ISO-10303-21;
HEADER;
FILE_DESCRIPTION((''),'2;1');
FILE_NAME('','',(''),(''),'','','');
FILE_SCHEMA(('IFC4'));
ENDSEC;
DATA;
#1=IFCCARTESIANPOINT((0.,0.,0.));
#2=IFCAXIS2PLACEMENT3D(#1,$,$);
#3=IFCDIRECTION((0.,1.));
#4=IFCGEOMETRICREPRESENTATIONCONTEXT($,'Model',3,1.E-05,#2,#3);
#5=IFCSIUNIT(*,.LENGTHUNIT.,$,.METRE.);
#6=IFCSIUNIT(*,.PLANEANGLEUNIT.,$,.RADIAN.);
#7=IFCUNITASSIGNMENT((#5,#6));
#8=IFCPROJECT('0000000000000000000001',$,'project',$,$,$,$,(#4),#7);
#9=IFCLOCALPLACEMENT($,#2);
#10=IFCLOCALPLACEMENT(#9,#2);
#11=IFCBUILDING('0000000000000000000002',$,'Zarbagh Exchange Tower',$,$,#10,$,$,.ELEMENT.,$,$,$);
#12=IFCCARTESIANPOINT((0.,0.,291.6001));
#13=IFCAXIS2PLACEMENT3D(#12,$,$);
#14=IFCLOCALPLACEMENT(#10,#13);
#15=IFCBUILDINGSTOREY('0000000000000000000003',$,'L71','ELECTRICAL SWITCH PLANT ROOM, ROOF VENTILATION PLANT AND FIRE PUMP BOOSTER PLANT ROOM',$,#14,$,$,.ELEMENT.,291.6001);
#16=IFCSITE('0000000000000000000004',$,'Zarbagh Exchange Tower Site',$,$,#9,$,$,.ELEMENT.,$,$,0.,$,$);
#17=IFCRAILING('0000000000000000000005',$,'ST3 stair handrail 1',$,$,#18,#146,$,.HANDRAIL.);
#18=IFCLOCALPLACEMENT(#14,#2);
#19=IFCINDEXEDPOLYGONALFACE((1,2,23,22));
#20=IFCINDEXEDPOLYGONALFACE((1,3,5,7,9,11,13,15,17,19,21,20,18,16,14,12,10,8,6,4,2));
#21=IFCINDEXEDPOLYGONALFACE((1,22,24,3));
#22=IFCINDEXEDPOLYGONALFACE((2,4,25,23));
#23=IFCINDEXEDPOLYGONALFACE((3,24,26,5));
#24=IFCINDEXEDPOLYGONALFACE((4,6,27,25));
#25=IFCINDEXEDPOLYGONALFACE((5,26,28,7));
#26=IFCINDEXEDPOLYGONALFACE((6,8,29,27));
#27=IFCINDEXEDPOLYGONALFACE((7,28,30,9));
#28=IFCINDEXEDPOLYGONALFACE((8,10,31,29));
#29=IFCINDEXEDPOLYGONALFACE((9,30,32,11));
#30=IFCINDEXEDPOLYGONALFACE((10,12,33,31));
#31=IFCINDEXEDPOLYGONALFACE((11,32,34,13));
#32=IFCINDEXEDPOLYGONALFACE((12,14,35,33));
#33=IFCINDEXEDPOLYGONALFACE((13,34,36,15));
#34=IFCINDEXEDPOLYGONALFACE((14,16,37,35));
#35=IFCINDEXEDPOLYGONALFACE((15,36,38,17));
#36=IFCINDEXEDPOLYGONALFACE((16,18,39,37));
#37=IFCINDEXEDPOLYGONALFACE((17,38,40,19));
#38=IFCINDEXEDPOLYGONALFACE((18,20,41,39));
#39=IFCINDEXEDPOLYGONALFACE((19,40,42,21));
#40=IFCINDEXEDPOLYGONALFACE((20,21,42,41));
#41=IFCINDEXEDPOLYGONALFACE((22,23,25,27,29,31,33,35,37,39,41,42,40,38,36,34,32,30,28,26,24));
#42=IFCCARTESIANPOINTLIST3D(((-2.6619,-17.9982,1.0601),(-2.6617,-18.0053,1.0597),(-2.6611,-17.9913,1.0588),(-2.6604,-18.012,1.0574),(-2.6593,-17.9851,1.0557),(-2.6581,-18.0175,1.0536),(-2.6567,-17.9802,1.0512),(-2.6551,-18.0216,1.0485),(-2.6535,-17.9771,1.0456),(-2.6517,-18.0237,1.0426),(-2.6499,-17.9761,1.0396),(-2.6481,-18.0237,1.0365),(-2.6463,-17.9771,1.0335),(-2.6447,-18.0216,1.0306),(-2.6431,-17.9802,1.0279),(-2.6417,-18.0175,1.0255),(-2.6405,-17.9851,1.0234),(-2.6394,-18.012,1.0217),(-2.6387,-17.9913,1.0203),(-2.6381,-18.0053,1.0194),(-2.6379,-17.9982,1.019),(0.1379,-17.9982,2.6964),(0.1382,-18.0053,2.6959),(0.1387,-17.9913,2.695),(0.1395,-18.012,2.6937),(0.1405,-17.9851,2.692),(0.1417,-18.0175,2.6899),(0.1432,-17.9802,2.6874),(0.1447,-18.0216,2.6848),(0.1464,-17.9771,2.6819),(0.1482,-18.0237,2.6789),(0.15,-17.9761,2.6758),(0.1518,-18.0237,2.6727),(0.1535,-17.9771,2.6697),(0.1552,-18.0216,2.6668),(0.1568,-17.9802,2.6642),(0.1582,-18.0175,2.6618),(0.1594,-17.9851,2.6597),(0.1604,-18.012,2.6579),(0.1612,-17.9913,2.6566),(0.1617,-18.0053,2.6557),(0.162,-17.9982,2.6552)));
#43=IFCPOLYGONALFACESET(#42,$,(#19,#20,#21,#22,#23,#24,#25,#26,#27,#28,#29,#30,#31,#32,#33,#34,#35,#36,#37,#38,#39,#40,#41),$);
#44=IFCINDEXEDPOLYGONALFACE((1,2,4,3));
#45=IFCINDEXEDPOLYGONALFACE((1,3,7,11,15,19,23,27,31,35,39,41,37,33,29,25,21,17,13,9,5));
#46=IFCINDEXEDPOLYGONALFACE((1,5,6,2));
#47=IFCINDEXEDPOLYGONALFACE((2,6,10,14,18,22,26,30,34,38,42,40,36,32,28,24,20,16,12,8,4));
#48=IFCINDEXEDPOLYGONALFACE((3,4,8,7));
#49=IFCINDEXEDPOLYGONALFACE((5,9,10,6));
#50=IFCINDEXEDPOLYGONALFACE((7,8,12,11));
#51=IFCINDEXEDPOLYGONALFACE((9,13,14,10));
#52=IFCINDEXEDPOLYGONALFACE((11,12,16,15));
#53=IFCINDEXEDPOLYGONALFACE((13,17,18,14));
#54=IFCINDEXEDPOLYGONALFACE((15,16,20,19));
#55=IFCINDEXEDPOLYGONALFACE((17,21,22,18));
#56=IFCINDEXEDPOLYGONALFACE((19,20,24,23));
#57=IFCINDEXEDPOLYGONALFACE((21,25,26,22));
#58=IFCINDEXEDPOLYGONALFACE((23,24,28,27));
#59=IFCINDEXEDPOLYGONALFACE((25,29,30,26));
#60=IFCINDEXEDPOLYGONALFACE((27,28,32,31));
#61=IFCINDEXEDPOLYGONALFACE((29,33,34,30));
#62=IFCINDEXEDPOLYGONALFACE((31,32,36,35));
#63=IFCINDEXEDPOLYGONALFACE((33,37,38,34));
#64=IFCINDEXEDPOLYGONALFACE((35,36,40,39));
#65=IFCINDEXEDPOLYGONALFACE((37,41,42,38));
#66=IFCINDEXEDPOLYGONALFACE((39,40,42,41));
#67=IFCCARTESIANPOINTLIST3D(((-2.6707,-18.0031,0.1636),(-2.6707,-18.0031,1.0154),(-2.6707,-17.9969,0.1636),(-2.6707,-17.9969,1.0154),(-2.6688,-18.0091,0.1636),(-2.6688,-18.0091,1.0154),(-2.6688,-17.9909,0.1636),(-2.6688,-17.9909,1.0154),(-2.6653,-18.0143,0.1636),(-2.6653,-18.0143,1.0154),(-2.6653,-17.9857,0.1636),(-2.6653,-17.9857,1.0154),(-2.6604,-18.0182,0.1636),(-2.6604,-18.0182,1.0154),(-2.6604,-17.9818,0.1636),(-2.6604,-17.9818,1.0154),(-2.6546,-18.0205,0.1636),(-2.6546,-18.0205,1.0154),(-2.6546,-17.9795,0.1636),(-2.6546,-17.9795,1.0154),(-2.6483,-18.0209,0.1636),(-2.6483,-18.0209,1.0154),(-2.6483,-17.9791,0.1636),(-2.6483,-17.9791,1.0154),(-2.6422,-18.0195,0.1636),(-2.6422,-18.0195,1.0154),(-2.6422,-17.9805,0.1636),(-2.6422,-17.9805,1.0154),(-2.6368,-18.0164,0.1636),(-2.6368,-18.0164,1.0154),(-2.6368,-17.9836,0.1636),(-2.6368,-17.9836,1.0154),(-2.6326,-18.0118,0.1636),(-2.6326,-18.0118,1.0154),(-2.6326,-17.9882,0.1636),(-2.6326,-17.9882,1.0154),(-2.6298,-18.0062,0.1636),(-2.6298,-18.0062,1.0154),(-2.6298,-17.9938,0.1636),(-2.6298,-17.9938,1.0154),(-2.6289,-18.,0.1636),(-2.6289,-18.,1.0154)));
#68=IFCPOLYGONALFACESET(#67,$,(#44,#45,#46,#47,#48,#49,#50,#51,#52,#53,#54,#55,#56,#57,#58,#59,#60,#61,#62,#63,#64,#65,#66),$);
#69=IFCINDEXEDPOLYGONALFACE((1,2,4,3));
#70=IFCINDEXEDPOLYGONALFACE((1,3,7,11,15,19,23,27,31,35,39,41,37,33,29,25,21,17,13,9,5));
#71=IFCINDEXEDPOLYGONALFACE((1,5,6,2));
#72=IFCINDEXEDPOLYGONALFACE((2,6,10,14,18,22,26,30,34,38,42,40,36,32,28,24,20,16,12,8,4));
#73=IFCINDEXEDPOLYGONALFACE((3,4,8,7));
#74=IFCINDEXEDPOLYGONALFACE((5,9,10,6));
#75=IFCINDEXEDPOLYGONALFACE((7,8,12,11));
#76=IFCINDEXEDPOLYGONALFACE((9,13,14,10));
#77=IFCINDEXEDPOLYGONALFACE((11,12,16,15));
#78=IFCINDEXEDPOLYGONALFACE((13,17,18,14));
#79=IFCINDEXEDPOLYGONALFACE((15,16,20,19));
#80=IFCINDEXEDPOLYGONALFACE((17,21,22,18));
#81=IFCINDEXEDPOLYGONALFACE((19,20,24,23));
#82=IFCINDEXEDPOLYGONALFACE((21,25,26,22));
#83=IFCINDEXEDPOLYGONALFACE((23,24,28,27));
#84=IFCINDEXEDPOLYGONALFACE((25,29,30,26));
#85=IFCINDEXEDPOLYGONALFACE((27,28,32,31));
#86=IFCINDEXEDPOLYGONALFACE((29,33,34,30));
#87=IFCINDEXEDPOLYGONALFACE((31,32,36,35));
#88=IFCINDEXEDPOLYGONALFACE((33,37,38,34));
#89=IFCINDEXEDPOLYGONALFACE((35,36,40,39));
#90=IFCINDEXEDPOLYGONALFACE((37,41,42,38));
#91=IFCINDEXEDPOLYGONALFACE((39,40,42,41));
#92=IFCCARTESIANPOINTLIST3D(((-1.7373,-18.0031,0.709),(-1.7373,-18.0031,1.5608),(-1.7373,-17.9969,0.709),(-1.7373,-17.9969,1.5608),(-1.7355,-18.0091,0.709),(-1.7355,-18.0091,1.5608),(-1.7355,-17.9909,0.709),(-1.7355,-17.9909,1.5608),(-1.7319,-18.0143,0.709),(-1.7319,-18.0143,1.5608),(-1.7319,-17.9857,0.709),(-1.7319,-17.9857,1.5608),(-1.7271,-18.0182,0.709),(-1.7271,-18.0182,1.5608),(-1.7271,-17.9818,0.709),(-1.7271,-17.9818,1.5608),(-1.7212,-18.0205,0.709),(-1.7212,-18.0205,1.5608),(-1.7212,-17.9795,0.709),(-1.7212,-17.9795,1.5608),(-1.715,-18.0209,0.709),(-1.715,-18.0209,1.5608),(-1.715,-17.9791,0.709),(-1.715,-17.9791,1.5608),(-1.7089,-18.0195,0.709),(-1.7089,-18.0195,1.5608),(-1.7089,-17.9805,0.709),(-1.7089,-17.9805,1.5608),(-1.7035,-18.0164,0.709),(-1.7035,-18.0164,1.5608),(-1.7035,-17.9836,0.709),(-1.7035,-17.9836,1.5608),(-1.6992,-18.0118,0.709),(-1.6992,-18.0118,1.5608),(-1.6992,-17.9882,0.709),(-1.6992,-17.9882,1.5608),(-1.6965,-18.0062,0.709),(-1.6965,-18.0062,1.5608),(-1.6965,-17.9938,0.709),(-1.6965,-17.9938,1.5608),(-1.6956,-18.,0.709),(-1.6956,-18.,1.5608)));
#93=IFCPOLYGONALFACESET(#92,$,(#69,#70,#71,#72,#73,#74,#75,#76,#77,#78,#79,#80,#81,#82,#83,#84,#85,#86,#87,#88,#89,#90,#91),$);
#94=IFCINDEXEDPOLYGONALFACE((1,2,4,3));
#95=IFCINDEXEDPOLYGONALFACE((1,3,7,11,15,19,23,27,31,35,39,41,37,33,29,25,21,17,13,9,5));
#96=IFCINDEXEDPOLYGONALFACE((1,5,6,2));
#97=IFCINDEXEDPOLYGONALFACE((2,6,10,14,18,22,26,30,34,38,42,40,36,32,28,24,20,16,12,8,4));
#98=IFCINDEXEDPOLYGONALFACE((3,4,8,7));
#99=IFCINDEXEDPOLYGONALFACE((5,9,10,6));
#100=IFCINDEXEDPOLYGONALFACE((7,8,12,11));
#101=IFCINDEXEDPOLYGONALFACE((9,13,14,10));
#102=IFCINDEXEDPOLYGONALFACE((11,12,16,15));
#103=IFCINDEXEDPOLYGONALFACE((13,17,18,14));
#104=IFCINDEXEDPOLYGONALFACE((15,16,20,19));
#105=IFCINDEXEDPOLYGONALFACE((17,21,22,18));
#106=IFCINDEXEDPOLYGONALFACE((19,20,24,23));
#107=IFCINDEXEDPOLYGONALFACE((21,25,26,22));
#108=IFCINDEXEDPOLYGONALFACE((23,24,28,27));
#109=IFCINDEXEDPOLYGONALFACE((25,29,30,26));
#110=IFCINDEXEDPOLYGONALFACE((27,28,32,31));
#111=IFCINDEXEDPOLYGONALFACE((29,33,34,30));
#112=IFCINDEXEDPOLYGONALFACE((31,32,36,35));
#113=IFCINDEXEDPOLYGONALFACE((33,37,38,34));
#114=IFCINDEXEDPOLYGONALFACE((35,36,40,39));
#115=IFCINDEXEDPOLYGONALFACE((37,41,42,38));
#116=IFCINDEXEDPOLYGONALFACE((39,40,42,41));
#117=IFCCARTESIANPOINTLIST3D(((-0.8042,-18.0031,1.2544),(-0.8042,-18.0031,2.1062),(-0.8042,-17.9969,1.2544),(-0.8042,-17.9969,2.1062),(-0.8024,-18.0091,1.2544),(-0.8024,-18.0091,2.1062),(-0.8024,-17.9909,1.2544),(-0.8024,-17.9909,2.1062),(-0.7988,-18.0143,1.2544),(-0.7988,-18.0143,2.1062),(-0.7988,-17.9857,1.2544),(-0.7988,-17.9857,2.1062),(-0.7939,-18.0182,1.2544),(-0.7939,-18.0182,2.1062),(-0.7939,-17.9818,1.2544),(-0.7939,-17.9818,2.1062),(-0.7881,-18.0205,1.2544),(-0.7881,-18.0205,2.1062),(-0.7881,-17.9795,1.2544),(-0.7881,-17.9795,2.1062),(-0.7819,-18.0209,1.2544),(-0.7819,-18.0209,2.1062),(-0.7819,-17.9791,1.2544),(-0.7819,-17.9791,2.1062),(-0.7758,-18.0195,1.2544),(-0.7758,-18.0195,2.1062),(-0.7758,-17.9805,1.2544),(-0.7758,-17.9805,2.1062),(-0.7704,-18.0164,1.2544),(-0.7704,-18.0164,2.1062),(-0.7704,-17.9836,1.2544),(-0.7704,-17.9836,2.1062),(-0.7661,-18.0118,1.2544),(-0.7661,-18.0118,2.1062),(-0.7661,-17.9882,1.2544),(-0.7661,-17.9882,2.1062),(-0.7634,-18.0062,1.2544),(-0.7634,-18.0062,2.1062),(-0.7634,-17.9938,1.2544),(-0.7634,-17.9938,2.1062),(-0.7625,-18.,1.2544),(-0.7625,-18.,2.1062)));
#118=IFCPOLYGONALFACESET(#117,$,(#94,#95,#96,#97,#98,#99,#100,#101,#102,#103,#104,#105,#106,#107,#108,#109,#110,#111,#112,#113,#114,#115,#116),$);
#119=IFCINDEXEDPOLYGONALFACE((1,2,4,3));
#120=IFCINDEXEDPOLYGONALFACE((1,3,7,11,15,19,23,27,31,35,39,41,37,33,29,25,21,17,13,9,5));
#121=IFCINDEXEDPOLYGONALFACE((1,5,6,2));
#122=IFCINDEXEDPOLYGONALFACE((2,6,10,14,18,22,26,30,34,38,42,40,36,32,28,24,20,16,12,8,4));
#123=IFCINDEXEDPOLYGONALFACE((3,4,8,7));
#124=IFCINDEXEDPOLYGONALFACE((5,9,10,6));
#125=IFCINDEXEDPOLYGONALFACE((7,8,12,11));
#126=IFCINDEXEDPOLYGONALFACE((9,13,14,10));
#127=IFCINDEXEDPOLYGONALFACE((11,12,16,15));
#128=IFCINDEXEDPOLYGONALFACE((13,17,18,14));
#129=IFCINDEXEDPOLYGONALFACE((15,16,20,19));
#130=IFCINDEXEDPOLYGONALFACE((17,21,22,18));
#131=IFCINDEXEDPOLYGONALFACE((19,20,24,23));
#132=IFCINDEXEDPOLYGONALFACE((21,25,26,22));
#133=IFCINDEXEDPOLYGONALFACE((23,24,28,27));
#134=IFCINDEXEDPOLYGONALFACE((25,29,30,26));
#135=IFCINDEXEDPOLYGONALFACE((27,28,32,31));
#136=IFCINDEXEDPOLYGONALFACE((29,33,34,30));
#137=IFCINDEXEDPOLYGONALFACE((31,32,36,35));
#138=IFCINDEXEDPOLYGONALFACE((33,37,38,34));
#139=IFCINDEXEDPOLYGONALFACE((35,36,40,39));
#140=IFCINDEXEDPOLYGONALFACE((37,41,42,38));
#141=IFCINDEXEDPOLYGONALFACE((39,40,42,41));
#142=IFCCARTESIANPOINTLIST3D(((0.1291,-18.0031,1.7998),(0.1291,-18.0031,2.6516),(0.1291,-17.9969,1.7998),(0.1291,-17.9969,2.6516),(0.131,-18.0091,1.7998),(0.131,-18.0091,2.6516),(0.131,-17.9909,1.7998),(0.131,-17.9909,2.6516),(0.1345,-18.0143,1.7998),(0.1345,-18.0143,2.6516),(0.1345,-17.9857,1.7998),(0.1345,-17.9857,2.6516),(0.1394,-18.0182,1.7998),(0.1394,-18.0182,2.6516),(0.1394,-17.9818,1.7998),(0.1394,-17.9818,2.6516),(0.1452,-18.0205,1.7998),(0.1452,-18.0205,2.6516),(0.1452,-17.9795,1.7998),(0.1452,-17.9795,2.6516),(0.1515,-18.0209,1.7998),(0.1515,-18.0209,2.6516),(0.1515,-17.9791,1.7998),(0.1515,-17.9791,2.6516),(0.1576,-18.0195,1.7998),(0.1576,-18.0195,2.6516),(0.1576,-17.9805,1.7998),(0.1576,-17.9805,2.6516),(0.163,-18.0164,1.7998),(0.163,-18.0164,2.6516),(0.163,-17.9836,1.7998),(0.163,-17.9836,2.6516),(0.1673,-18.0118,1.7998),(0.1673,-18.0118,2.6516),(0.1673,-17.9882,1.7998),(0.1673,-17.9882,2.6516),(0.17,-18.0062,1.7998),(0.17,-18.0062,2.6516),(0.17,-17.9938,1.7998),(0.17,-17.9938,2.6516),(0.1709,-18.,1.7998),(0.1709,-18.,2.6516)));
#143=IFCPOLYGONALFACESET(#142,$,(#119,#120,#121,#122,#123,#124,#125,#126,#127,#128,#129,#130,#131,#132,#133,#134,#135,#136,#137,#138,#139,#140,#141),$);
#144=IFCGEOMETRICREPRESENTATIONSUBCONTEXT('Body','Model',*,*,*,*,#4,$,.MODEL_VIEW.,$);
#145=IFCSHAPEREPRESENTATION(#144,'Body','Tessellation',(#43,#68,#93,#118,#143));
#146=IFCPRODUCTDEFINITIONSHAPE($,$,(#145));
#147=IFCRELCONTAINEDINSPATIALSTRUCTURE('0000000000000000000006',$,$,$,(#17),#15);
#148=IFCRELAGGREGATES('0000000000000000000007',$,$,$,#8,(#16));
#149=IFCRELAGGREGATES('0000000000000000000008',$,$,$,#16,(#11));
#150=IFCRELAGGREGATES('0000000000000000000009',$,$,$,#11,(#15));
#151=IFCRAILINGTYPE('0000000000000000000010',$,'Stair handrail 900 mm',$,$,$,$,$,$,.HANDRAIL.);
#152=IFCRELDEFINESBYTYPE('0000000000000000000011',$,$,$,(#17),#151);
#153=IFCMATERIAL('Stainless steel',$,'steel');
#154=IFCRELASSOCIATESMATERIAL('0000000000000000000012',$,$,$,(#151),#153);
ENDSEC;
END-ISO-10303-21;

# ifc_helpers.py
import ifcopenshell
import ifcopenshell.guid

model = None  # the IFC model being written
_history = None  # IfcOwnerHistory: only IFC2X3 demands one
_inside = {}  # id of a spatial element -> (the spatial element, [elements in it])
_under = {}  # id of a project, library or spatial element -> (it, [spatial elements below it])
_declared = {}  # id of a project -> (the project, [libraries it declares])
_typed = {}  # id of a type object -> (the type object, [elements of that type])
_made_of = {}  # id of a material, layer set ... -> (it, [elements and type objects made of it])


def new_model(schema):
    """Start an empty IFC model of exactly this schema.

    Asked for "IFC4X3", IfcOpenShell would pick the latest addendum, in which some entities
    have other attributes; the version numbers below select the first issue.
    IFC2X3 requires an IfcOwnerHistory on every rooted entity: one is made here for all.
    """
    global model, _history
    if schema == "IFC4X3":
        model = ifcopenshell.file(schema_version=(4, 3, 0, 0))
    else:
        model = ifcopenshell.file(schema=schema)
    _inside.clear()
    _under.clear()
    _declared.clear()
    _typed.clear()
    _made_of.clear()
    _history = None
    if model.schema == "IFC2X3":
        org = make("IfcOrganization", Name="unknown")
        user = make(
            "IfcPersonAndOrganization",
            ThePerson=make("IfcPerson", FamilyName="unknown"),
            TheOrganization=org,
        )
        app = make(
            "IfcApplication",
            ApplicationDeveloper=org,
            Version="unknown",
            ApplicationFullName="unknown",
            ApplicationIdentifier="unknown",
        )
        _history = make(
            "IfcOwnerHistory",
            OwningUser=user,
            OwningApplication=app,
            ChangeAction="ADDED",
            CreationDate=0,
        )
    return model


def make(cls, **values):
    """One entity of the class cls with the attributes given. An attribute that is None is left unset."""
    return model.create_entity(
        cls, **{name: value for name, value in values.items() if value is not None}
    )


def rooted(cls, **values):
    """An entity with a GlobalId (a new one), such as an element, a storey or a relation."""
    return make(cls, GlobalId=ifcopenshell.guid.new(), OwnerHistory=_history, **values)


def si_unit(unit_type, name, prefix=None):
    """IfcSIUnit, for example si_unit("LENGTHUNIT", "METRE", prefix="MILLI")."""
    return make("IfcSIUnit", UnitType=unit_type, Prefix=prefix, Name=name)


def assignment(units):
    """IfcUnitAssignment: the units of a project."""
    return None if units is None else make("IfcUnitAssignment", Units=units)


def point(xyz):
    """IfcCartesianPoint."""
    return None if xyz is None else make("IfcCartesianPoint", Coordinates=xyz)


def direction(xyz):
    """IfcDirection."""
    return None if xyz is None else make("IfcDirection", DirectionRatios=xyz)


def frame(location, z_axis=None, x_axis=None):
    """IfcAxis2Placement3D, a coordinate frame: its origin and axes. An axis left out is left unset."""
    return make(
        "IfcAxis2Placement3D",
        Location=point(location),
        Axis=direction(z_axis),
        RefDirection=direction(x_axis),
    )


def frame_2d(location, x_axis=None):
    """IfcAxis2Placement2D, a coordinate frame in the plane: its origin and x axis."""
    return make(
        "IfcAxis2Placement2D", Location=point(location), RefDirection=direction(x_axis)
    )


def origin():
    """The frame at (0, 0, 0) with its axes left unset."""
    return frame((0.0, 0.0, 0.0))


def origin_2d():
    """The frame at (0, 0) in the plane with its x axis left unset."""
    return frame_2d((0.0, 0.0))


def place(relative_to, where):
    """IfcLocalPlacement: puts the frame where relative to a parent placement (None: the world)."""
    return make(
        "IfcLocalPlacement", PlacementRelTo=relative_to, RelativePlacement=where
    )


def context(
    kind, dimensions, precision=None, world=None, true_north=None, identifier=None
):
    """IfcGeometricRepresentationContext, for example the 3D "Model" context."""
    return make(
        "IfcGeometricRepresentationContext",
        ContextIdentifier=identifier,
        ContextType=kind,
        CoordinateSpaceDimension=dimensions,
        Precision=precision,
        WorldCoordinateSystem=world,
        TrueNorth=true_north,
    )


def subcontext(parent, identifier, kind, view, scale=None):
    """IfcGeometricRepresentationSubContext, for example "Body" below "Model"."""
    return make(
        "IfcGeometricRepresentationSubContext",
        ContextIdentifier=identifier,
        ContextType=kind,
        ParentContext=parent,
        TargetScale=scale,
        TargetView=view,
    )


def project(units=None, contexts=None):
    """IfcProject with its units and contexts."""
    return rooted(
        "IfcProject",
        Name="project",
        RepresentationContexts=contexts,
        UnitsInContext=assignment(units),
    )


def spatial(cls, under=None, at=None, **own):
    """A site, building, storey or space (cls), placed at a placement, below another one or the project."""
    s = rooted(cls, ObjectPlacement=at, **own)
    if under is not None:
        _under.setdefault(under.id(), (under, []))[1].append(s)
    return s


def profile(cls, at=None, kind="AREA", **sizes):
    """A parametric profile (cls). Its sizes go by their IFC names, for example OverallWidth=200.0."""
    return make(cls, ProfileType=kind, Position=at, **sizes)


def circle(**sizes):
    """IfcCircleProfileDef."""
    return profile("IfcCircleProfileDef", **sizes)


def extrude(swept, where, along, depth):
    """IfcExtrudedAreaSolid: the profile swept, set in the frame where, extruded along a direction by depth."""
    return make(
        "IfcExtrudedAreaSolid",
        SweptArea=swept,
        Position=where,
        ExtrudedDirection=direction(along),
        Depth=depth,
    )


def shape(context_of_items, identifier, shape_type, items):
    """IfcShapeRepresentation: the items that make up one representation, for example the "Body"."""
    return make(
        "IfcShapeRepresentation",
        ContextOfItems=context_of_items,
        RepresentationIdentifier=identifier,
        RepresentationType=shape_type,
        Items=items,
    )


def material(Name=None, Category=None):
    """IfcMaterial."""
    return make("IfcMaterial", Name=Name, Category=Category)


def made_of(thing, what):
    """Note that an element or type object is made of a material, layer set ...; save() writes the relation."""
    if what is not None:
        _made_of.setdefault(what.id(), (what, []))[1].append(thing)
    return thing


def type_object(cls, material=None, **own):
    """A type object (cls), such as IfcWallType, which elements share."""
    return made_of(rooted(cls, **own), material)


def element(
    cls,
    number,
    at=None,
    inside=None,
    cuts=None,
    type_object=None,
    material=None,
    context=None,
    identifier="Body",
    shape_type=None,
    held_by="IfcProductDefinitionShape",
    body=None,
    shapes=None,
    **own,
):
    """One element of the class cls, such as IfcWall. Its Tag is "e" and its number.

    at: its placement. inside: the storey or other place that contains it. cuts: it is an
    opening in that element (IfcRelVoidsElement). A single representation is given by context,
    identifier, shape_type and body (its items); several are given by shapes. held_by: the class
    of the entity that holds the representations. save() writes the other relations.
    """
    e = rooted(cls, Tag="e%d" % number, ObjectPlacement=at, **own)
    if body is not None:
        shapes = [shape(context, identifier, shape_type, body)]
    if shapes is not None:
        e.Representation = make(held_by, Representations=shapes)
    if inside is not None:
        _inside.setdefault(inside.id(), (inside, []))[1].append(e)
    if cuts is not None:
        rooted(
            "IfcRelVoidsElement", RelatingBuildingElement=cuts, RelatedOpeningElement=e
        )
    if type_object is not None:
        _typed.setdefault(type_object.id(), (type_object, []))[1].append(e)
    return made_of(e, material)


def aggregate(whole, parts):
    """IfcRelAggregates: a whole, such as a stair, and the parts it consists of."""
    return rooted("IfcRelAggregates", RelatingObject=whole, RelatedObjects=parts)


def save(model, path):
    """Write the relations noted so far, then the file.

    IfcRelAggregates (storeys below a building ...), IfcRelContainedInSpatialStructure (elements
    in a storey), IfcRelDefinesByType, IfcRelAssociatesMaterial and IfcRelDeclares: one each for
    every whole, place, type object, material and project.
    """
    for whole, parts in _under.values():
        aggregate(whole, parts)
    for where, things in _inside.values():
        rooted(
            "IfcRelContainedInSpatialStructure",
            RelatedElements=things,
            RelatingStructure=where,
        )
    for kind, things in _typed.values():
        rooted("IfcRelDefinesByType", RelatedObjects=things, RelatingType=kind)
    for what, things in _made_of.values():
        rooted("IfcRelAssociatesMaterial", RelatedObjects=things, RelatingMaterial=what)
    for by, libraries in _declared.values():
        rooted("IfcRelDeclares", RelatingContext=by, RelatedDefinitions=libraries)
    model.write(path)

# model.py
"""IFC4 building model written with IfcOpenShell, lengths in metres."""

from ifc_helpers import new_model, si_unit, direction, frame, origin, origin_2d, place, context, subcontext, project, spatial, circle, extrude, material, type_object, element, save


model = new_model("IFC4")

# Units and contexts
model_context = context("Model", 3, precision=1e-05, world=origin(), true_north=direction((0.0, 1.0)))
body_context = subcontext(model_context, "Body", "Model", "MODEL_VIEW")
ifc_project = project(units=[si_unit("LENGTHUNIT", "METRE"), si_unit("PLANEANGLEUNIT", "RADIAN")], contexts=[model_context])

# Site, building, storey
site_placement = place(None, origin())
site = spatial("IfcSite", under=ifc_project, at=site_placement, Name="Zarbagh Exchange Tower Site", CompositionType="ELEMENT", RefElevation=0.0)
building_placement = place(site_placement, origin())
building = spatial("IfcBuilding", under=site, at=building_placement, Name="Zarbagh Exchange Tower", CompositionType="ELEMENT")
storey_placement = place(building_placement, frame((0.0, 0.0, 291.6001)))
storey = spatial("IfcBuildingStorey", under=building, at=storey_placement, Name="L71", Description="ELECTRICAL SWITCH PLANT ROOM, ROOF VENTILATION PLANT AND FIRE PUMP BOOSTER PLANT ROOM", CompositionType="ELEMENT", Elevation=291.6001)

# Shared definitions
ifc_material_1 = material(Name="Stainless steel", Category="steel")

# Railing
railing_type_1 = type_object("IfcRailingType", Name="Stair handrail 900 mm", PredefinedType="HANDRAIL", material=ifc_material_1)
railing_1_placement = place(storey_placement, frame((-2.6499, -18.0, 0.1636)))
element("IfcRailing", 1, at=railing_1_placement, inside=storey, type_object=railing_type_1, Name="ST3 stair handrail 1", PredefinedType="HANDRAIL", context=body_context, shape_type="SweptSolid", body=[
    extrude(circle(Radius=0.0239, at=origin_2d()), frame((0.0, 0.0, 0.876), z_axis=(0.863374, 0.0, 0.504564), x_axis=(0.0, 1.0, 0.0)), (0.0, 0.0, 1.0), 3.2429),
    extrude(circle(Radius=0.021, at=origin_2d()), origin(), (0.0, 0.0, 1.0), 0.8518),
    extrude(circle(Radius=0.021, at=origin_2d()), frame((0.9333, 0.0, 0.5454)), (0.0, 0.0, 1.0), 0.8518),
    extrude(circle(Radius=0.021, at=origin_2d()), frame((1.8665, 0.0, 1.0908)), (0.0, 0.0, 1.0), 0.8518),
    extrude(circle(Radius=0.021, at=origin_2d()), frame((2.7998, 0.0, 1.6362)), (0.0, 0.0, 1.0), 0.8518),
])

save(model, "model.ifc")
